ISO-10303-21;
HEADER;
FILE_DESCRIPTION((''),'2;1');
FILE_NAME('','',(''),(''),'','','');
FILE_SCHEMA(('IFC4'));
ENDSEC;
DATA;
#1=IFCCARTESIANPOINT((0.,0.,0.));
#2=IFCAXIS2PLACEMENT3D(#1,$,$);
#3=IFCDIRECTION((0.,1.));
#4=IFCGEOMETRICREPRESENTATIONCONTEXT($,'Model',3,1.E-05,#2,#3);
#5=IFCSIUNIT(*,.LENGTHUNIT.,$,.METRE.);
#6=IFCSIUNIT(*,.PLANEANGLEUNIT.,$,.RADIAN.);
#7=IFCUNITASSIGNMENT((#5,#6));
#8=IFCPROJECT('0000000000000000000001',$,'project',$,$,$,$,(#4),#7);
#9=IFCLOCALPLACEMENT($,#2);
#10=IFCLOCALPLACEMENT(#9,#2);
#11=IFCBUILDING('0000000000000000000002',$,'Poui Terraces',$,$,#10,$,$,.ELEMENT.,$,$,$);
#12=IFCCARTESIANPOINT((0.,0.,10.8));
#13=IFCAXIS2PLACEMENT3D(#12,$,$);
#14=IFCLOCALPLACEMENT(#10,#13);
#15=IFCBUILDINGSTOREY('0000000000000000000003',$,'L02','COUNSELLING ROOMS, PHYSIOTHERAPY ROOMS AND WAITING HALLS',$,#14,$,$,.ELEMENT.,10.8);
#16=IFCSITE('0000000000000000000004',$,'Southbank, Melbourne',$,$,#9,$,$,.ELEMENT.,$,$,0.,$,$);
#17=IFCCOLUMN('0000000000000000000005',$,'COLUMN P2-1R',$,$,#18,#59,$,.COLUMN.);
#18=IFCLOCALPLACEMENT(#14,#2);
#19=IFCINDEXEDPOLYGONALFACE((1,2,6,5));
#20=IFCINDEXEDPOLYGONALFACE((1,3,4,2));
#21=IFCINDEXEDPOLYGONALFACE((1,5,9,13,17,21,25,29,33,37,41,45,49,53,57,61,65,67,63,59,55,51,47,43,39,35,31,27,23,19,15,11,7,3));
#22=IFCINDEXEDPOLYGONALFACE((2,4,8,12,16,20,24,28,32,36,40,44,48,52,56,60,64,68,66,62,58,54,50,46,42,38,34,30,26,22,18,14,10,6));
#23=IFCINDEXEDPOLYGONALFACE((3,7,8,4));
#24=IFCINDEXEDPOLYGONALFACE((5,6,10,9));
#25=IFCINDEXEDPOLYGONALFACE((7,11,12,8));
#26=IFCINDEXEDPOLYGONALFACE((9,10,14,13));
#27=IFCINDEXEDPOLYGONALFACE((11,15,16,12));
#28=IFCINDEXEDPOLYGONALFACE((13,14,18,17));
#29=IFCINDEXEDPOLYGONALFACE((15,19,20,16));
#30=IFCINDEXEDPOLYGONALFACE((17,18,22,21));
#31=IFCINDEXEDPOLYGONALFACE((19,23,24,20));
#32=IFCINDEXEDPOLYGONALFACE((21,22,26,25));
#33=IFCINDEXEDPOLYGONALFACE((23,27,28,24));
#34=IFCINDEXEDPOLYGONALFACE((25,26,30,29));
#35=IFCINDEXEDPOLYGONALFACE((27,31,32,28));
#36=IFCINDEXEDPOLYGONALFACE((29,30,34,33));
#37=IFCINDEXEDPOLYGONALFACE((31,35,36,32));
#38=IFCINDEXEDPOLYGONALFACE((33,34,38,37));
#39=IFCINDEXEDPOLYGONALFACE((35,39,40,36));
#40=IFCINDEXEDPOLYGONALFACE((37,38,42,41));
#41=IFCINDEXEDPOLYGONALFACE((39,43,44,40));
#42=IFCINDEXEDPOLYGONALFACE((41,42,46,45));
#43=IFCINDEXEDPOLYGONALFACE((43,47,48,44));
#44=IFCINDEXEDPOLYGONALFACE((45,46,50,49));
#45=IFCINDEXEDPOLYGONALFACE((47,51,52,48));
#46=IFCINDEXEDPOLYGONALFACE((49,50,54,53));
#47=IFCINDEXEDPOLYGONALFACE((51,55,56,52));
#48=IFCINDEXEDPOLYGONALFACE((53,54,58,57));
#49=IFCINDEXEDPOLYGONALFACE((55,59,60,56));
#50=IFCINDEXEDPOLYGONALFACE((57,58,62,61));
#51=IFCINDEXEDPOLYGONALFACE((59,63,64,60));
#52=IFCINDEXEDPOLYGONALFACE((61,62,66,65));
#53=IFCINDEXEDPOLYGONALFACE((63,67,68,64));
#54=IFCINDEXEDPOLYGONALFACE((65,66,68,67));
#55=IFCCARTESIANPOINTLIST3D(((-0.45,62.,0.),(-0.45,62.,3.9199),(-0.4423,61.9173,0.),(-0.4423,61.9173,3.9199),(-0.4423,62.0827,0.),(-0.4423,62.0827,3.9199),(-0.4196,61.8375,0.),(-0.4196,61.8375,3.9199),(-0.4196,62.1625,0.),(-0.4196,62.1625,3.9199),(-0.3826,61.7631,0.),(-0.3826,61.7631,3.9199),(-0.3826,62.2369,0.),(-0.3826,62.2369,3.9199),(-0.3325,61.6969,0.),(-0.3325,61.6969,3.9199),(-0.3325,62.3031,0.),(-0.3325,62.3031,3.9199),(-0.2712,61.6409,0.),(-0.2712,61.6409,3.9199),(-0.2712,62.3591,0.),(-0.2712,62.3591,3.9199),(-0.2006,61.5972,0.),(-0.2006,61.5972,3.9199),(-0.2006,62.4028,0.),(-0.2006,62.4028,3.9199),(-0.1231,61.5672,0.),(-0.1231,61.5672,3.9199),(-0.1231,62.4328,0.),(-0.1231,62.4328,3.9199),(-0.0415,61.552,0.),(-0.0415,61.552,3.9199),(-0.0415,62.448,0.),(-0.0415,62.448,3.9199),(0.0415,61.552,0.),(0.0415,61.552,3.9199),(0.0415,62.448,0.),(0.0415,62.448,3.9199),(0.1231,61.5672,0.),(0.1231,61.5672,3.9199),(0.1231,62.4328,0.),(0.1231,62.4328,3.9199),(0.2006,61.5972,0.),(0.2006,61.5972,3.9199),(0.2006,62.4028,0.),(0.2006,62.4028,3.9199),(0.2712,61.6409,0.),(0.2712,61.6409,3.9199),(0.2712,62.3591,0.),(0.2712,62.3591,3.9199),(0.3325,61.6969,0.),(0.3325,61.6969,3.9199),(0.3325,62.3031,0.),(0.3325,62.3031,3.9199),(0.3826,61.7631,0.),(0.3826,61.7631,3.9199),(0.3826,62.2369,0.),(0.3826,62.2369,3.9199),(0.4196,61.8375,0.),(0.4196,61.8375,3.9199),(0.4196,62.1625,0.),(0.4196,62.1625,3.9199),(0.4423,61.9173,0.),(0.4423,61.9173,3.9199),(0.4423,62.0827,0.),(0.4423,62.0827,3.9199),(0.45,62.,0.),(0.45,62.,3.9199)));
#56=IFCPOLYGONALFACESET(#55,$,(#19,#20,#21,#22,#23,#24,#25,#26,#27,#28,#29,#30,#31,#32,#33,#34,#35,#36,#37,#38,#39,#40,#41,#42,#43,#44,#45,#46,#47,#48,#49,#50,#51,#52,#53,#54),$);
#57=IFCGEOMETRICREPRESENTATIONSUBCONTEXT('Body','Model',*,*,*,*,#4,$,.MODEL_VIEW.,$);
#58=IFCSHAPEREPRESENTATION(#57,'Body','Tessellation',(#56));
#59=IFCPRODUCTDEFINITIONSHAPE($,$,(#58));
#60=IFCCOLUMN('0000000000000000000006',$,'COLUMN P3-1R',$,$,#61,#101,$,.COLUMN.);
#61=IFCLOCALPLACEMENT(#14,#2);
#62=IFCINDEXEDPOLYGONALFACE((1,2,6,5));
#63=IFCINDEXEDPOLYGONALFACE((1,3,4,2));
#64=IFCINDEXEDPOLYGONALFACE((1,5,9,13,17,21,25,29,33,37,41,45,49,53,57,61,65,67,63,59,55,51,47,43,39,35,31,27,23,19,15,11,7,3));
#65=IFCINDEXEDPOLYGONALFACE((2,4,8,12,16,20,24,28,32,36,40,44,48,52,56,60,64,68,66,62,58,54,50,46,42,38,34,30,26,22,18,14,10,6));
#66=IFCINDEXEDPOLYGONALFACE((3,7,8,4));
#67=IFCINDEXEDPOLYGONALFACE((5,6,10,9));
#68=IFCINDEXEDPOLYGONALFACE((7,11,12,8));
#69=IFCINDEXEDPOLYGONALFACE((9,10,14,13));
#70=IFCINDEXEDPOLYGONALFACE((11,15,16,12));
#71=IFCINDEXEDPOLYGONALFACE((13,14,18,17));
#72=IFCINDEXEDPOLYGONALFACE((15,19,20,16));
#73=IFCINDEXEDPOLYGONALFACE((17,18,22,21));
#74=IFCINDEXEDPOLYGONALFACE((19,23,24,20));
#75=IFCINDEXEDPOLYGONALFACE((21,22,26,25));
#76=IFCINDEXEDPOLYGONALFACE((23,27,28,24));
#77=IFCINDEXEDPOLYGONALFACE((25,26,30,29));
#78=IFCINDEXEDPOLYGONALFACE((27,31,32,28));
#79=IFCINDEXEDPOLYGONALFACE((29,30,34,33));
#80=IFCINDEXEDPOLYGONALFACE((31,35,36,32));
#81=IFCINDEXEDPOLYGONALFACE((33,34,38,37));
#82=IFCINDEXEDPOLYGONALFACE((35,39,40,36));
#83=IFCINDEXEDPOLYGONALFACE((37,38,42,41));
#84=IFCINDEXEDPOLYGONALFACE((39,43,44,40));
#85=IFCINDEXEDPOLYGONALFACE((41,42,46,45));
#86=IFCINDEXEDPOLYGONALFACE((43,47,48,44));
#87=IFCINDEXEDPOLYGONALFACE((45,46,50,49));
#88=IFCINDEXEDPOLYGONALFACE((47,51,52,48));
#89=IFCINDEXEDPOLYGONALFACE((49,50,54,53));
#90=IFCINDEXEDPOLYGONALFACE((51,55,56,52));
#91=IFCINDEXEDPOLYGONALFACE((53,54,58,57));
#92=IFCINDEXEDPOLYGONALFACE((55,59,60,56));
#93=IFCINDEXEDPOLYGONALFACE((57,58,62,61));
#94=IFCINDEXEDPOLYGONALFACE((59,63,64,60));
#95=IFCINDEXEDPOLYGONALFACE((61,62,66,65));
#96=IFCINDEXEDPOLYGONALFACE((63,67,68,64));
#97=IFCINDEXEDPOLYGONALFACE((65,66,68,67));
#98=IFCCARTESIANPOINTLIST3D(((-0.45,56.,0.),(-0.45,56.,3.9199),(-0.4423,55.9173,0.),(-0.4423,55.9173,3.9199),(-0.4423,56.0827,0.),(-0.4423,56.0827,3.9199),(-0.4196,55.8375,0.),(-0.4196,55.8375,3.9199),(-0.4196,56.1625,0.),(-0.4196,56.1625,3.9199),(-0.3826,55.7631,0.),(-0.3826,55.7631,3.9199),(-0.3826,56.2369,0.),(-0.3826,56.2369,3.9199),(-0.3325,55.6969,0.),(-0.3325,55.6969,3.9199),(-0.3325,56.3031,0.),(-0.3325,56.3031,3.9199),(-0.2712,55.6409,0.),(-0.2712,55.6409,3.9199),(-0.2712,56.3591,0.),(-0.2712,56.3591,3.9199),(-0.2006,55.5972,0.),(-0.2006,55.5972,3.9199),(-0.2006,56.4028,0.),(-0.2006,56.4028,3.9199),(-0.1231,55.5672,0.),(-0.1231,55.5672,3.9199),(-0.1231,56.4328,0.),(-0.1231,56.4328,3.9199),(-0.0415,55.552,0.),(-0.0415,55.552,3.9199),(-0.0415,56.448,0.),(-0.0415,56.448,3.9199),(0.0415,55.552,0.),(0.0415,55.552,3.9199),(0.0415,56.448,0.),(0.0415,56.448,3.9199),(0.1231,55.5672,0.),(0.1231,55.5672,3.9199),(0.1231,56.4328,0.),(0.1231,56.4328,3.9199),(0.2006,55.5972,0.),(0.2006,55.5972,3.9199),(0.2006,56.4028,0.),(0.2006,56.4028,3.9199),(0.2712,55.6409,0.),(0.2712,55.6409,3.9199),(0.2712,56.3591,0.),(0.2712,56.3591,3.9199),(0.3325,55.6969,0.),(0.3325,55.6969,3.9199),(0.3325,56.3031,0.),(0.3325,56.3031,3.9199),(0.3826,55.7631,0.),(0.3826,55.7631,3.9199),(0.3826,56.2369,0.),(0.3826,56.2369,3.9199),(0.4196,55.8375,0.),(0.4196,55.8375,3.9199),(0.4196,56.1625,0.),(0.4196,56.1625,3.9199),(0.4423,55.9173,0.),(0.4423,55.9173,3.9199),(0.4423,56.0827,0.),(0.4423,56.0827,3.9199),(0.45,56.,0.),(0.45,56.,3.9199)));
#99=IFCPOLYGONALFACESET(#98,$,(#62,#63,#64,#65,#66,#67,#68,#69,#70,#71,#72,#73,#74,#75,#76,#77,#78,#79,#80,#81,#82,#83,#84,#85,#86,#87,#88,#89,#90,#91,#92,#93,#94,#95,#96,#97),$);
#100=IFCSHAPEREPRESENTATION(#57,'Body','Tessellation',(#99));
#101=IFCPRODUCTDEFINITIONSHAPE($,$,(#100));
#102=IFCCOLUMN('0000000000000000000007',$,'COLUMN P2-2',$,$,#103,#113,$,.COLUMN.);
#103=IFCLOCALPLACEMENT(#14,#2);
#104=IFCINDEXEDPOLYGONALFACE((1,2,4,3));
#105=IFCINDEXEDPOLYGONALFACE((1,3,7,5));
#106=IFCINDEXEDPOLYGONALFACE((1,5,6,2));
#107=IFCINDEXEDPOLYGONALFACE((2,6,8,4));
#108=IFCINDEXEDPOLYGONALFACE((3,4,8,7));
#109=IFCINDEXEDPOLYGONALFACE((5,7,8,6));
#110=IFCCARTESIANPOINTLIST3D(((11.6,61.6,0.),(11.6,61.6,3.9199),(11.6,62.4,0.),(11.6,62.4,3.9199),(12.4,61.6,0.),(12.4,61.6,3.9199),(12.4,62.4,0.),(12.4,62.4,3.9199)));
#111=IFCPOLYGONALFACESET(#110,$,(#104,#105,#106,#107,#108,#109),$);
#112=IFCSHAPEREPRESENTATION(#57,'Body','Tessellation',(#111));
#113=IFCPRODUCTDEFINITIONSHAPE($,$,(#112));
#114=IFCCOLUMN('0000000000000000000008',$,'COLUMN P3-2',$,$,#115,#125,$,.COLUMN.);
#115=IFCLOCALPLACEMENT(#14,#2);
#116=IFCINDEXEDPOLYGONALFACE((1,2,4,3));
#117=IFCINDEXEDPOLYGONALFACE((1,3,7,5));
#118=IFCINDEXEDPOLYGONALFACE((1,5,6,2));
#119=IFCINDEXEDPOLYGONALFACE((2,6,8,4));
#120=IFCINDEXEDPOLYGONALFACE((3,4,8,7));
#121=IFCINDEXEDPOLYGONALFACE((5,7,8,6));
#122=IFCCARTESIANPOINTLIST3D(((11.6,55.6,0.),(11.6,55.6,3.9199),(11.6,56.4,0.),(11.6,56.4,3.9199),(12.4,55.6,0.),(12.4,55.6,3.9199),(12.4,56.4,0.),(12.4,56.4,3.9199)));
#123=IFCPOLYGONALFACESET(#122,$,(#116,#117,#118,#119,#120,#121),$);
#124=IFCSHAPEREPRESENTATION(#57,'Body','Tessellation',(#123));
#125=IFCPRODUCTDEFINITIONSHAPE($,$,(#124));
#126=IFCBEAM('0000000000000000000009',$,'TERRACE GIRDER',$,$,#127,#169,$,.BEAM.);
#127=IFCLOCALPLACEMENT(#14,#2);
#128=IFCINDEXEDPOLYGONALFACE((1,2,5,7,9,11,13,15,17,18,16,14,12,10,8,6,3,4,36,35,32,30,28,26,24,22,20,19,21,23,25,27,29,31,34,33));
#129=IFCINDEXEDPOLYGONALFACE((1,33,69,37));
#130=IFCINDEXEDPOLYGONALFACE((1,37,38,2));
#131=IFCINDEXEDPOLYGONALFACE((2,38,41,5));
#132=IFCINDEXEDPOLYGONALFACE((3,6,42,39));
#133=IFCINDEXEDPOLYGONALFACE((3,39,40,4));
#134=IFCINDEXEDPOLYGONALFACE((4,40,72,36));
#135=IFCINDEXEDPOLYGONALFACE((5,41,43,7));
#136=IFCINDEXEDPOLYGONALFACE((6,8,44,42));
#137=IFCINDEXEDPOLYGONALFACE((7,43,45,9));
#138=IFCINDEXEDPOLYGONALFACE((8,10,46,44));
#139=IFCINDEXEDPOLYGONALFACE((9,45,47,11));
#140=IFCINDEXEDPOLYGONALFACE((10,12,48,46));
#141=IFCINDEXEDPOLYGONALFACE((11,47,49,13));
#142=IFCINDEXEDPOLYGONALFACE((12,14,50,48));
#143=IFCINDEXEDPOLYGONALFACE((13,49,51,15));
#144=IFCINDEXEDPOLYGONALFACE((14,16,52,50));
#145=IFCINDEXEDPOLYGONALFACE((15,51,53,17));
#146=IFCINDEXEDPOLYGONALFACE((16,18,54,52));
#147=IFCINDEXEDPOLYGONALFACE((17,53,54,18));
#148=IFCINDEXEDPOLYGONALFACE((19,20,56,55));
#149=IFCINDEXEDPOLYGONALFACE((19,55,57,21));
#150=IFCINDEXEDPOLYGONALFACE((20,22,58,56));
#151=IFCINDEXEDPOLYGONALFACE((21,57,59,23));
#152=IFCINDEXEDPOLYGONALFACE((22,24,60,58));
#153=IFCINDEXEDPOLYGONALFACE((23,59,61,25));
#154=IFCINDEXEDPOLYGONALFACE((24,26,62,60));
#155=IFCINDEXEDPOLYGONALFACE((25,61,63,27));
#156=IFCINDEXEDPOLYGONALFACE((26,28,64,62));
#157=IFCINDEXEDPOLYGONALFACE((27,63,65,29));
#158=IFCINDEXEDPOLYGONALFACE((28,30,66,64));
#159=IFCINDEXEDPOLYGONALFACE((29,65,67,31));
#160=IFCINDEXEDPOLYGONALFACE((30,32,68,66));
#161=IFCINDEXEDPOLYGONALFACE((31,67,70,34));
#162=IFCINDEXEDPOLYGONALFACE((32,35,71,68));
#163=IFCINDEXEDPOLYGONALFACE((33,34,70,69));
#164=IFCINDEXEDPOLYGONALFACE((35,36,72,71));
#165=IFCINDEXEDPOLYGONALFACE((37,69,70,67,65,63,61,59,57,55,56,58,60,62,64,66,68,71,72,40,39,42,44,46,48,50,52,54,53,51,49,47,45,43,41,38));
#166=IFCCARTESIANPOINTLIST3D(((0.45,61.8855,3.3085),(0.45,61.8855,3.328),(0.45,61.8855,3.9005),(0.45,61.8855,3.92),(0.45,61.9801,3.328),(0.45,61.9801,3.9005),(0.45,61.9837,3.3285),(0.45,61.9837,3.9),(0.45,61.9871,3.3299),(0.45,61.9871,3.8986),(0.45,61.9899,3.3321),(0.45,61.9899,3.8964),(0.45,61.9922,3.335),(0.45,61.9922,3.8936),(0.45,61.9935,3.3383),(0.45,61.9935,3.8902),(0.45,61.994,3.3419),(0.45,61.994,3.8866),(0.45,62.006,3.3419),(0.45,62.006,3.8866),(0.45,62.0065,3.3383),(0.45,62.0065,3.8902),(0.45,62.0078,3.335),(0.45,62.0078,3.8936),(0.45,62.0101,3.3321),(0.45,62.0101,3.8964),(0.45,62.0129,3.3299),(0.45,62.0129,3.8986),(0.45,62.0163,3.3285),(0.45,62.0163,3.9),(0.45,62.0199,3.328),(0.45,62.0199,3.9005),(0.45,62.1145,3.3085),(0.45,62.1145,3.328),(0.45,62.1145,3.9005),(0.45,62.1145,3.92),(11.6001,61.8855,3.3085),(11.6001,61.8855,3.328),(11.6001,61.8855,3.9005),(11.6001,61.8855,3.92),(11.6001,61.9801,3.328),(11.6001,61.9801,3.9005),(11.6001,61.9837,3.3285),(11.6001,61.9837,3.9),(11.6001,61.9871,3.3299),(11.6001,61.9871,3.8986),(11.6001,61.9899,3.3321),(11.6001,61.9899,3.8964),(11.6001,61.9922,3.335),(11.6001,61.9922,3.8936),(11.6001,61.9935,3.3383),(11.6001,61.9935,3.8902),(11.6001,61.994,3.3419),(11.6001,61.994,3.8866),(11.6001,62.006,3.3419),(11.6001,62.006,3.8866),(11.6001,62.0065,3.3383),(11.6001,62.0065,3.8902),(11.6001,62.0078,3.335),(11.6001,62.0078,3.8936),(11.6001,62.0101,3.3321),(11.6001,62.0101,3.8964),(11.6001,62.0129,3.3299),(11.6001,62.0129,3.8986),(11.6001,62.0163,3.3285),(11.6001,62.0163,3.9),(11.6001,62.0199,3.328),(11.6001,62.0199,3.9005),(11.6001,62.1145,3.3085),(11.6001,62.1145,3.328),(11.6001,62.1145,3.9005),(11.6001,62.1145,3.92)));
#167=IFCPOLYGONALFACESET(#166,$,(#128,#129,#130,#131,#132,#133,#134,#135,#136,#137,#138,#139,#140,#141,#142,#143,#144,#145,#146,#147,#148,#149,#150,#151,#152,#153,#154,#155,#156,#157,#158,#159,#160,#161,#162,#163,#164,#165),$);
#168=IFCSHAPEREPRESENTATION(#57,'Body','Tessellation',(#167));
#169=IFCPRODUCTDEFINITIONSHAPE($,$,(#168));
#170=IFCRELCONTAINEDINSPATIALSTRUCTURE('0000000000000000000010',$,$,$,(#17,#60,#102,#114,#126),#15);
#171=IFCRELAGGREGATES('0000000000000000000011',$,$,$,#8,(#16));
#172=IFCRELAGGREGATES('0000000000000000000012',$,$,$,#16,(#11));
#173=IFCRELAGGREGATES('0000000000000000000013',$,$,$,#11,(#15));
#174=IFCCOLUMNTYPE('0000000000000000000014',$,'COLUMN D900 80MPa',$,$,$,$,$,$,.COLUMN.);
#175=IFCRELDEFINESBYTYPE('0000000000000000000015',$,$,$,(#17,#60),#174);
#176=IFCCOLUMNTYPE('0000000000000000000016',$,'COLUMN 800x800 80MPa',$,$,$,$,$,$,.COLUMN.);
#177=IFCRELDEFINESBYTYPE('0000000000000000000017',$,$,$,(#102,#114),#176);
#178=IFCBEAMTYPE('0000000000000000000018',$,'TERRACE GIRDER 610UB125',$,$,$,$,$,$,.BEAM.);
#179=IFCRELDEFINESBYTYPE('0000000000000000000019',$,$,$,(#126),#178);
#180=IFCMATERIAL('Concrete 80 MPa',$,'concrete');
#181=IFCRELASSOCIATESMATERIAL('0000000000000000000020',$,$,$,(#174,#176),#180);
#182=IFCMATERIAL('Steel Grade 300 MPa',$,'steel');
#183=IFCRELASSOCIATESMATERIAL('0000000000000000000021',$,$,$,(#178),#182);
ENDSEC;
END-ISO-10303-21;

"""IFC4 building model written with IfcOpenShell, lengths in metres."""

from ifc_helpers import new_model, si_unit, direction, frame, origin, origin_2d, place, context, subcontext, project, spatial, rectangle, circle, i_section, extrude, source, transform, mapped, material, material_profile, profile_set, type_object, element, save


model = new_model("IFC4")

# Units and contexts
model_context = context("Model", 3, precision=1e-05, world=origin(), true_north=direction((0.0, 1.0)))
body_context = subcontext(model_context, "Body", "Model", "MODEL_VIEW")
ifc_project = project(units=[si_unit("LENGTHUNIT", "METRE"), si_unit("PLANEANGLEUNIT", "RADIAN")], contexts=[model_context])

# Site, building, storey
site_placement = place(None, origin())
site = spatial("IfcSite", under=ifc_project, at=site_placement, Name="Southbank, Melbourne", CompositionType="ELEMENT", RefElevation=0.0)
building_placement = place(site_placement, origin())
building = spatial("IfcBuilding", under=site, at=building_placement, Name="Poui Terraces", CompositionType="ELEMENT")
storey_placement = place(building_placement, frame((0.0, 0.0, 10.8)))
storey = spatial("IfcBuildingStorey", under=building, at=storey_placement, Name="L02", Description="COUNSELLING ROOMS, PHYSIOTHERAPY ROOMS AND WAITING HALLS", CompositionType="ELEMENT", Elevation=10.8)

# Columns
ifc_material_1 = material(Name="Concrete 80 MPa", Category="concrete")
ifc_material_profile_1 = material_profile(ifc_material_1, circle(Radius=0.45, at=origin_2d()), Name="RC D900")
ifc_profile_set_1 = profile_set([ifc_material_profile_1], Name="Concrete 80 MPa")
column_type_1 = type_object("IfcColumnType", Name="COLUMN D900 80MPa", PredefinedType="COLUMN", material=ifc_profile_set_1)
shared_shape_1 = source(origin(), body_context, "Body", "SweptSolid", [
    extrude(circle(Radius=0.45, at=origin_2d()), origin(), (0.0, 0.0, 1.0), 3.9199),
])
for number, where, z_axis, x_axis, name in (
    (1, (0.0, 62.0, 0.0), (0.0, 0.0, 1.0), (1.0, 0.0, 0.0), "COLUMN P2-1R"),
    (2, (0.0, 56.0, 0.0), (0.0, 0.0, 1.0), (1.0, 0.0, 0.0), "COLUMN P3-1R"),
):
    element("IfcColumn", number, at=place(storey_placement, frame(where, z_axis=z_axis, x_axis=x_axis)), inside=storey, type_object=column_type_1, Name=name, PredefinedType="COLUMN", context=body_context, shape_type="MappedRepresentation", body=[
        mapped(shared_shape_1, transform((0.0, 0.0, 0.0))),
    ])
ifc_material_profile_2 = material_profile(ifc_material_1, rectangle(XDim=0.8, YDim=0.8, at=origin_2d()), Name="RC 800x800")
ifc_profile_set_2 = profile_set([ifc_material_profile_2], Name="Concrete 80 MPa")
column_type_2 = type_object("IfcColumnType", Name="COLUMN 800x800 80MPa", PredefinedType="COLUMN", material=ifc_profile_set_2)
shared_shape_2 = source(origin(), body_context, "Body", "SweptSolid", [
    extrude(rectangle(XDim=0.8, YDim=0.8, at=origin_2d()), origin(), (0.0, 0.0, 1.0), 3.9199),
])
for number, where, z_axis, x_axis, name in (
    (3, (12.0, 62.0, 0.0), (0.0, 0.0, 1.0), (1.0, 0.0, 0.0), "COLUMN P2-2"),
    (4, (12.0, 56.0, 0.0), (0.0, 0.0, 1.0), (1.0, 0.0, 0.0), "COLUMN P3-2"),
):
    element("IfcColumn", number, at=place(storey_placement, frame(where, z_axis=z_axis, x_axis=x_axis)), inside=storey, type_object=column_type_2, Name=name, PredefinedType="COLUMN", context=body_context, shape_type="MappedRepresentation", body=[
        mapped(shared_shape_2, transform((0.0, 0.0, 0.0))),
    ])

# Beam
ifc_material_2 = material(Name="Steel Grade 300 MPa", Category="steel")
ifc_material_profile_3 = material_profile(ifc_material_2, i_section(OverallWidth=0.229, OverallDepth=0.6116, WebThickness=0.012, FlangeThickness=0.0195, FilletRadius=0.0139, at=origin_2d()), Name="610UB125")
ifc_profile_set_3 = profile_set([ifc_material_profile_3], Name="Steel Grade 300 MPa")
beam_type_1 = type_object("IfcBeamType", Name="TERRACE GIRDER 610UB125", PredefinedType="BEAM", material=ifc_profile_set_3)
shared_shape_3 = source(origin(), body_context, "Body", "SweptSolid", [
    extrude(i_section(OverallWidth=0.229, OverallDepth=0.6116, WebThickness=0.012, FlangeThickness=0.0195, FilletRadius=0.0139, at=origin_2d()), origin(), (0.0, 0.0, 1.0), 11.1501),
])
beam_1_placement = place(storey_placement, frame((0.45, 62.0, 3.6143), z_axis=(1.0, 0.0, 0.0), x_axis=(0.0, 1.0, 0.0)))
element("IfcBeam", 5, at=beam_1_placement, inside=storey, type_object=beam_type_1, Name="TERRACE GIRDER", PredefinedType="BEAM", context=body_context, shape_type="MappedRepresentation", body=[
    mapped(shared_shape_3, transform((0.0, 0.0, 0.0))),
])

save(model, "model.ifc")
